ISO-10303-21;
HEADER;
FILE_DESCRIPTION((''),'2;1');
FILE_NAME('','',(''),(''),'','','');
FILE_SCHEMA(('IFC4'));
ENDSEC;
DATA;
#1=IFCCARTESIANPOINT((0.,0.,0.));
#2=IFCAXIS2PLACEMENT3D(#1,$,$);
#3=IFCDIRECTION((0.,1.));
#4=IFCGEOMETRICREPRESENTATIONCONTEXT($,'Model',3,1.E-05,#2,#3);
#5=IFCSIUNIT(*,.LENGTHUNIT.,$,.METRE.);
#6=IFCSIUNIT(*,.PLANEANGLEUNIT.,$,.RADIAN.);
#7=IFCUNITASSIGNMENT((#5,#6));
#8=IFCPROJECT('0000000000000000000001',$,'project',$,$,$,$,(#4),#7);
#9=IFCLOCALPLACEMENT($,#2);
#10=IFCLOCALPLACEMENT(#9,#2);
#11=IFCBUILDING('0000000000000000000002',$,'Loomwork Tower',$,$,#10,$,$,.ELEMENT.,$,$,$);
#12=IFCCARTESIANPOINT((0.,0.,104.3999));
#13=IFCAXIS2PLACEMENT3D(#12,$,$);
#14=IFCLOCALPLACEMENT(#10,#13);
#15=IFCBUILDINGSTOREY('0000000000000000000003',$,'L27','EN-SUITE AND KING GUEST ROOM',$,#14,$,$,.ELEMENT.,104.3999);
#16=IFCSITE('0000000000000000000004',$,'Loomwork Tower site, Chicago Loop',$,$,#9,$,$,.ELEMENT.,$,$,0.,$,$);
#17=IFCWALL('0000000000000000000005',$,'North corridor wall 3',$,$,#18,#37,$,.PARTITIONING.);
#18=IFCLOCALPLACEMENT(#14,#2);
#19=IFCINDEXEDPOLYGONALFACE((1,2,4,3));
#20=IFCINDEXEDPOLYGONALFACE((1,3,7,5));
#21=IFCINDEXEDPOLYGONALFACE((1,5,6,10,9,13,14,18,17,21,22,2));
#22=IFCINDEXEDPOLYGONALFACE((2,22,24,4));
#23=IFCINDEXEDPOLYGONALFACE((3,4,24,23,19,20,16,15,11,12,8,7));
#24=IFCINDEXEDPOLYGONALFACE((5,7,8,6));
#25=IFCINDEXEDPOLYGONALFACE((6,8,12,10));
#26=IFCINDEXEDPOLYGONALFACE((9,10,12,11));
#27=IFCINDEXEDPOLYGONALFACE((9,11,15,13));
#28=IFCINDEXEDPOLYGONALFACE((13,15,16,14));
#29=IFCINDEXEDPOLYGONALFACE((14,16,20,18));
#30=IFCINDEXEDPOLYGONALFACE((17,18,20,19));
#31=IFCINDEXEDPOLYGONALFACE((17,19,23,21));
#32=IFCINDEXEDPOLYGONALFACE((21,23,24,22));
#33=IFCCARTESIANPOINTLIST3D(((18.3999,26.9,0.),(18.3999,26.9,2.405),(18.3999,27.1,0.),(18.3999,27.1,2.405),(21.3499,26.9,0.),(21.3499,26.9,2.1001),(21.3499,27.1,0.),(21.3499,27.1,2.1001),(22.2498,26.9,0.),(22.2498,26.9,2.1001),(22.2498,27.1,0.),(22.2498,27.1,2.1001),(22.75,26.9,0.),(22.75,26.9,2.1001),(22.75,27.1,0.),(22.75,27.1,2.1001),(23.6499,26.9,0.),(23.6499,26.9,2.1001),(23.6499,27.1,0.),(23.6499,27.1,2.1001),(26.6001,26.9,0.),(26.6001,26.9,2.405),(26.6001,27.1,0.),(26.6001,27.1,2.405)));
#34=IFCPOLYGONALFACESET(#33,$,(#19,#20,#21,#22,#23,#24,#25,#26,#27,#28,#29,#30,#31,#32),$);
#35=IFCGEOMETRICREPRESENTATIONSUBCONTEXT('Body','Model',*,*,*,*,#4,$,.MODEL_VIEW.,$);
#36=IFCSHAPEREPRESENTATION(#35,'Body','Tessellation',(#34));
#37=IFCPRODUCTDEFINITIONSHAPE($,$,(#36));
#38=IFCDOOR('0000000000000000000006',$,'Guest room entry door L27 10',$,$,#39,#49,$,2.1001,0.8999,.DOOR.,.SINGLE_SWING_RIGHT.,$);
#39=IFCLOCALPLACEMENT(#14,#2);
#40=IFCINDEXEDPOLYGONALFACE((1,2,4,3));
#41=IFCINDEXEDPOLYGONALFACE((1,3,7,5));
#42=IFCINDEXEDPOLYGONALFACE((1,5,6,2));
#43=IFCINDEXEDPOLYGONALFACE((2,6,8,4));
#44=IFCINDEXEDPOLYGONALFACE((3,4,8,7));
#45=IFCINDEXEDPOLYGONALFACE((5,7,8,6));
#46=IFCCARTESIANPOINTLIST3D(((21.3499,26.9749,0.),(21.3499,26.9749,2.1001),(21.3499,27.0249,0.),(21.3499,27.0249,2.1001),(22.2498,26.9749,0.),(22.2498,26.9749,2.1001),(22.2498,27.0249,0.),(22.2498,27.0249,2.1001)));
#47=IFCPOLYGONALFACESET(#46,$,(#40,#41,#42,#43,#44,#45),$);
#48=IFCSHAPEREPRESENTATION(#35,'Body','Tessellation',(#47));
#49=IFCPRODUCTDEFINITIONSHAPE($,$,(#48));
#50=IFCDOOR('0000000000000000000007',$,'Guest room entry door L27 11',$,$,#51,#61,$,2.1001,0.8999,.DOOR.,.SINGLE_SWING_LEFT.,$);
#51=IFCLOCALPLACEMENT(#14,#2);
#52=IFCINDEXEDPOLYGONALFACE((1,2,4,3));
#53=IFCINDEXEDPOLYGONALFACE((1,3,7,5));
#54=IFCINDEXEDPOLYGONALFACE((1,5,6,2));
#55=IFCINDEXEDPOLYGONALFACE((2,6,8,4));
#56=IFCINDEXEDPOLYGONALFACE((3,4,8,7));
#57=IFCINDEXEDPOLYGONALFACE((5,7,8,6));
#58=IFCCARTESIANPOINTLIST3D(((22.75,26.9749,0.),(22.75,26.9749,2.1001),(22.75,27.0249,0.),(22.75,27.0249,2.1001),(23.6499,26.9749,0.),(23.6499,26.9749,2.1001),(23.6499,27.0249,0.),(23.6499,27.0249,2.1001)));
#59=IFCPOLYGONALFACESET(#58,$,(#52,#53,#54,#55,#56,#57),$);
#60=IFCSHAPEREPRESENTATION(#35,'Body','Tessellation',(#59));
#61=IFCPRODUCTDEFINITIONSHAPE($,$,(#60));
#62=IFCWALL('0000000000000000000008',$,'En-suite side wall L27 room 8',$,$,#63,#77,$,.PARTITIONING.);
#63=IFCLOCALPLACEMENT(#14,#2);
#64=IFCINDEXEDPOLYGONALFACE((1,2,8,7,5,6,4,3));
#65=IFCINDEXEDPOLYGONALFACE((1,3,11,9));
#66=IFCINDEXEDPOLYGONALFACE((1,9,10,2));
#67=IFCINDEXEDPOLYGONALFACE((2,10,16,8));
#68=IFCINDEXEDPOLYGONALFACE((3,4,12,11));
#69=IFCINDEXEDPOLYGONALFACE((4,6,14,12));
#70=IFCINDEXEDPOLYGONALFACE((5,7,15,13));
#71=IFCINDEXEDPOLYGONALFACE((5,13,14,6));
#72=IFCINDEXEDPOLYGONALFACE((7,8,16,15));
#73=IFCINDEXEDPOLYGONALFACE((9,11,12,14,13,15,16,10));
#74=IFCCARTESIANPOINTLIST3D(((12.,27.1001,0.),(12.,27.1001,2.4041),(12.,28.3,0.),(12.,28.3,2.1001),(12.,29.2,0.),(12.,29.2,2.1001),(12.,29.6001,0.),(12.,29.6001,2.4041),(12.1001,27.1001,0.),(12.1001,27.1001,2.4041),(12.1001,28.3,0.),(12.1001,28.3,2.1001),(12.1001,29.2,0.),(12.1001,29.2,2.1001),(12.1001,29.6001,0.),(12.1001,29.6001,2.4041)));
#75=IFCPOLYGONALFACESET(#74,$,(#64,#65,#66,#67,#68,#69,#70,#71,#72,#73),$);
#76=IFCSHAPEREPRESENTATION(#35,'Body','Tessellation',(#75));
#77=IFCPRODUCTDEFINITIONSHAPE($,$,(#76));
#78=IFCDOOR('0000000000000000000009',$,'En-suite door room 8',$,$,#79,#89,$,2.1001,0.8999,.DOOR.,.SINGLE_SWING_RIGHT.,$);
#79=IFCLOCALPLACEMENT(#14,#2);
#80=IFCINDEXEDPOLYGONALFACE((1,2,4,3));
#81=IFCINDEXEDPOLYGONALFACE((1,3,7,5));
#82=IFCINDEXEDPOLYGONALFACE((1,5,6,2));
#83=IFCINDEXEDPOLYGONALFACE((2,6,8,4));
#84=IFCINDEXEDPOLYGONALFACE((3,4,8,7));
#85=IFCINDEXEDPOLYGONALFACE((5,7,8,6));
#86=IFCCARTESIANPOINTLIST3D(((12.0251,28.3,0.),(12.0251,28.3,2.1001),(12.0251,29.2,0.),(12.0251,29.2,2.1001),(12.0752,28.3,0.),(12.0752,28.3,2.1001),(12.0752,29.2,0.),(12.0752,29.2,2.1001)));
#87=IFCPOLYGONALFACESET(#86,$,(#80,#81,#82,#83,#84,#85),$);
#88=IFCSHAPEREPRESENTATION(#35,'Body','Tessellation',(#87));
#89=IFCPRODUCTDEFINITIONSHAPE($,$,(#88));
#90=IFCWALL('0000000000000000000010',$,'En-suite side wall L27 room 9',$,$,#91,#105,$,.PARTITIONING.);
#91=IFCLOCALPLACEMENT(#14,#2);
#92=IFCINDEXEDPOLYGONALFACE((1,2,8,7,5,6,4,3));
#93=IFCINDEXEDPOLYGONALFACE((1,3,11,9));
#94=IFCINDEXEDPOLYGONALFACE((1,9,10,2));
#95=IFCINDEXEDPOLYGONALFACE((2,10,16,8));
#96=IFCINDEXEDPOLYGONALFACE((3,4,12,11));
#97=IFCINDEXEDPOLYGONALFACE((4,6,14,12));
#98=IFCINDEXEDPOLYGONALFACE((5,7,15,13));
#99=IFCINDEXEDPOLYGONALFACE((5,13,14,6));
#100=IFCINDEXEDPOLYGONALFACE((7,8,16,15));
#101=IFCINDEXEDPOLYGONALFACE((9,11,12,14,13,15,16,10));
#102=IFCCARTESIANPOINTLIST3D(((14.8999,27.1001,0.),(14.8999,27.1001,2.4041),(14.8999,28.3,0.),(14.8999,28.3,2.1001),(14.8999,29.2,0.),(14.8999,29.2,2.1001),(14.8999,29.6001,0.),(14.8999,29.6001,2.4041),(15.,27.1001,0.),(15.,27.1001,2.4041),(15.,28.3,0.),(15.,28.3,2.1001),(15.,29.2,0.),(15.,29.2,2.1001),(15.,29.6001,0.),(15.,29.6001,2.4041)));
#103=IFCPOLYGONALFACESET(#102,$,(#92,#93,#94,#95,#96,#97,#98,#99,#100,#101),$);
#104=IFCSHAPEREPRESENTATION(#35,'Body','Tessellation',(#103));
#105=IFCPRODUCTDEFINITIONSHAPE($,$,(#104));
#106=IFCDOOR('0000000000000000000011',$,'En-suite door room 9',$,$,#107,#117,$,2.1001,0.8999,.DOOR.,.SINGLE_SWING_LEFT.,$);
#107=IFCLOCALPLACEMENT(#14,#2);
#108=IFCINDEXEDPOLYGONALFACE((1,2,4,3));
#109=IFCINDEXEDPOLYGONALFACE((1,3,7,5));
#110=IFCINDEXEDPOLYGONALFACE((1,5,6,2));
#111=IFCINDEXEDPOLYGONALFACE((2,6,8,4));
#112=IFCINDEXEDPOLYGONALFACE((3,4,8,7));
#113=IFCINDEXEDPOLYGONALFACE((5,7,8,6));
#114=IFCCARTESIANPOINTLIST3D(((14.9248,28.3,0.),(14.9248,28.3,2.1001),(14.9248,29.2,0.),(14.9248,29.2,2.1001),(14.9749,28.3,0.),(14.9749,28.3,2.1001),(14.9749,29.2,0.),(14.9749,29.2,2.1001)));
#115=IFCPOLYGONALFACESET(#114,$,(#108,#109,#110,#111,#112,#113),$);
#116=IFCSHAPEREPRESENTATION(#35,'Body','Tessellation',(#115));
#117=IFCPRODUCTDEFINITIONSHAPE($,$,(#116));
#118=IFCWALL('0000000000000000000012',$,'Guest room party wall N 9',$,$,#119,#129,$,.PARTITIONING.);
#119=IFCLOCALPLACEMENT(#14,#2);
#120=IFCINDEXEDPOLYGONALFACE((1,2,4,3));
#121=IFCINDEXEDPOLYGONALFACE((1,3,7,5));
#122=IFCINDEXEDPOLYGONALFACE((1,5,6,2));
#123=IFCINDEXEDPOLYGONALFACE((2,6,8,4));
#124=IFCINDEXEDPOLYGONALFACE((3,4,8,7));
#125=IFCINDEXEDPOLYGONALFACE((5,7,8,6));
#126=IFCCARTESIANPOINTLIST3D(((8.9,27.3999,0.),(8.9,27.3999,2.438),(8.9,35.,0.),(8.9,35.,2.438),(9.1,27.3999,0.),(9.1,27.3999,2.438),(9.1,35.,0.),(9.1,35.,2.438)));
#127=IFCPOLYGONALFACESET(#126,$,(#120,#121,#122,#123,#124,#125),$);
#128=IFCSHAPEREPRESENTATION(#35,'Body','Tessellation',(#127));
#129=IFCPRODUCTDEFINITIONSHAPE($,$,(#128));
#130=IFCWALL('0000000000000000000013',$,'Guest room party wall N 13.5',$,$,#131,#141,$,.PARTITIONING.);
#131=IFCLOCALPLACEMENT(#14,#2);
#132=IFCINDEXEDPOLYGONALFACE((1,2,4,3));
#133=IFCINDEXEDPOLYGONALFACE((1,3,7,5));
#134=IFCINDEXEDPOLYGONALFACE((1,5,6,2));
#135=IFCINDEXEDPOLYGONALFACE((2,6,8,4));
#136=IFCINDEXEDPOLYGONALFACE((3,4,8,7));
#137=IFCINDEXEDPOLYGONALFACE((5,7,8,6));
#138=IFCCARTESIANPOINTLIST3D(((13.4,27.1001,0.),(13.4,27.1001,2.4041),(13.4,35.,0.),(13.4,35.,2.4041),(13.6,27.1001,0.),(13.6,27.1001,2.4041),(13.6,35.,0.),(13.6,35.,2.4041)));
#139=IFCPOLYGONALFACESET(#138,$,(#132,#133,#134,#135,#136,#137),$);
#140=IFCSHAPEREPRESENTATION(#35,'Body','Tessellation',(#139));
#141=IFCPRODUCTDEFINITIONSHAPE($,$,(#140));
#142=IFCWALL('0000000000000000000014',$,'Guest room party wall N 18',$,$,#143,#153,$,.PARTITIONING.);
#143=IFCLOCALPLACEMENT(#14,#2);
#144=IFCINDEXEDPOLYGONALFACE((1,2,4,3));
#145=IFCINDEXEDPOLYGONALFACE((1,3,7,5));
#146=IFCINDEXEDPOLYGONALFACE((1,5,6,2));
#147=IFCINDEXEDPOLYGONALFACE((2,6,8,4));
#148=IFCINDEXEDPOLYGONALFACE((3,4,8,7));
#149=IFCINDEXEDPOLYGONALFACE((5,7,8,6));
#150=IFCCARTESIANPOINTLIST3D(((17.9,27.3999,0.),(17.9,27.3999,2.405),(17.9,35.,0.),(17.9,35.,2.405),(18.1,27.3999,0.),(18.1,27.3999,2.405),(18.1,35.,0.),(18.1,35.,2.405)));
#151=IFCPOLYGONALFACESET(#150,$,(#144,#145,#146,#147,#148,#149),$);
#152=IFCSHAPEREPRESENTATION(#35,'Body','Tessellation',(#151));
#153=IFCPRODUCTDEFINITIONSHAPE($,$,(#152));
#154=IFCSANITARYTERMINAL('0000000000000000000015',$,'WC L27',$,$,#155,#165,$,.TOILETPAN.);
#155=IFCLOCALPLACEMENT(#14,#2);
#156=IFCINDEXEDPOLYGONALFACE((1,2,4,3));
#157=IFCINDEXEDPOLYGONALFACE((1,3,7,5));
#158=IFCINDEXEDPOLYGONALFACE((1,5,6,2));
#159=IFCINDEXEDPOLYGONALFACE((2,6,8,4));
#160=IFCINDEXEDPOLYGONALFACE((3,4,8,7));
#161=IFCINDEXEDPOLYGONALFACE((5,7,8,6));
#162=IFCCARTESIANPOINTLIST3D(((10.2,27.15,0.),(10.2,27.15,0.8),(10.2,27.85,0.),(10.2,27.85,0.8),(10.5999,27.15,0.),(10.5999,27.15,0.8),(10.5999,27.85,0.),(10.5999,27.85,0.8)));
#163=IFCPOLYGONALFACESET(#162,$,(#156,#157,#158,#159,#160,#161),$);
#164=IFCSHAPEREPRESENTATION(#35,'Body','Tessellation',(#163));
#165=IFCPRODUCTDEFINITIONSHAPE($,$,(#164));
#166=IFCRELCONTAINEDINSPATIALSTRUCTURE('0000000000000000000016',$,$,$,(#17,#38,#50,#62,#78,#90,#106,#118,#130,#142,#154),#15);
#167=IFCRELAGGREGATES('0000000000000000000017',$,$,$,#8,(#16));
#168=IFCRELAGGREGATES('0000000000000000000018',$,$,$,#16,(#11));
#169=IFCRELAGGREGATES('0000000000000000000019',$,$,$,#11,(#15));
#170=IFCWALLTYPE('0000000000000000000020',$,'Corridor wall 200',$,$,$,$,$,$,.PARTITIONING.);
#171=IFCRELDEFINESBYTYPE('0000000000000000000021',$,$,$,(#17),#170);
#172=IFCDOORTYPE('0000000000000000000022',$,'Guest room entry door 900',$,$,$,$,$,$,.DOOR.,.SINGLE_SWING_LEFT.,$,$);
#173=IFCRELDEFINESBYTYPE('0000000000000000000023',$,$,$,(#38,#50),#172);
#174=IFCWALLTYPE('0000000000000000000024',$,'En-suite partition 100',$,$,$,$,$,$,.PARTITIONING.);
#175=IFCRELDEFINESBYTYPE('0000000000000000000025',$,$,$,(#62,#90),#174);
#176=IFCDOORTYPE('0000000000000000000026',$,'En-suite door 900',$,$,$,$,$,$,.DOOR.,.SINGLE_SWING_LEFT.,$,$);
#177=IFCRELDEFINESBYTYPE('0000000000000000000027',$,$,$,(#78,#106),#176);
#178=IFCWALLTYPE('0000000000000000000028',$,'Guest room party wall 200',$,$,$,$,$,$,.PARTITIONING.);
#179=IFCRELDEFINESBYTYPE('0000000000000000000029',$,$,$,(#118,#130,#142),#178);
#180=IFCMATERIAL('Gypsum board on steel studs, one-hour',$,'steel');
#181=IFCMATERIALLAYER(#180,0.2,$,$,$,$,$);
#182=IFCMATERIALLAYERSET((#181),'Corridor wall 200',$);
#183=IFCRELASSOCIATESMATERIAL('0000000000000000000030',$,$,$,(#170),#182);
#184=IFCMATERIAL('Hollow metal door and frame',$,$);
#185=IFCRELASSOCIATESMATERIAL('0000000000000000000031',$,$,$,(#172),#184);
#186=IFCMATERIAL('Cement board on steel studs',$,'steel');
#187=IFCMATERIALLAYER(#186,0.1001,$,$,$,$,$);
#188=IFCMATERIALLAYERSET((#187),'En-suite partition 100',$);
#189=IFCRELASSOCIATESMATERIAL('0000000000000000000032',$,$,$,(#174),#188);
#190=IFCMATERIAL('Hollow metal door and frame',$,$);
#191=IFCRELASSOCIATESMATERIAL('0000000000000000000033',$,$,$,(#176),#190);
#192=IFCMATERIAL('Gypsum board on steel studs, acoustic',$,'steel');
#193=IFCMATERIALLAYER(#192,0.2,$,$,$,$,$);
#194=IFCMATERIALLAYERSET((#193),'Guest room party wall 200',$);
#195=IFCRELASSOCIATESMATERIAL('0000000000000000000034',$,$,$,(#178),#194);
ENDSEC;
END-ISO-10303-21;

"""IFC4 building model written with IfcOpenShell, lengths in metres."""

from ifc_helpers import new_model, si_unit, direction, frame, frame_2d, origin, origin_2d, place, context, subcontext, project, spatial, rectangle, extrude, material, layer, layer_set, type_object, element, fill, save


model = new_model("IFC4")

# Units and contexts
model_context = context("Model", 3, precision=1e-05, world=origin(), true_north=direction((0.0, 1.0)))
body_context = subcontext(model_context, "Body", "Model", "MODEL_VIEW")
ifc_project = project(units=[si_unit("LENGTHUNIT", "METRE"), si_unit("PLANEANGLEUNIT", "RADIAN")], contexts=[model_context])

# Site, building, storey
site_placement = place(None, origin())
site = spatial("IfcSite", under=ifc_project, at=site_placement, Name="Loomwork Tower site, Chicago Loop", CompositionType="ELEMENT", RefElevation=0.0)
building_placement = place(site_placement, origin())
building = spatial("IfcBuilding", under=site, at=building_placement, Name="Loomwork Tower", CompositionType="ELEMENT")
storey_placement = place(building_placement, frame((0.0, 0.0, 104.3999)))
storey = spatial("IfcBuildingStorey", under=building, at=storey_placement, Name="L27", Description="EN-SUITE AND KING GUEST ROOM", CompositionType="ELEMENT", Elevation=104.3999)

# Wall, openings, doors
ifc_material_1 = material(Name="Gypsum board on steel studs, one-hour", Category="steel")
ifc_layer_1 = layer(ifc_material_1, 0.2)
ifc_layer_set_1 = layer_set([ifc_layer_1], Name="Corridor wall 200")
wall_type_1 = type_object("IfcWallType", Name="Corridor wall 200", PredefinedType="PARTITIONING", material=ifc_layer_set_1)
ifc_material_2 = material(Name="Hollow metal door and frame")
door_type_1 = type_object("IfcDoorType", Name="Guest room entry door 900", OperationType="SINGLE_SWING_LEFT", PredefinedType="DOOR", material=ifc_material_2)
wall_1_placement = place(storey_placement, frame((18.3999, 27.0, 0.0), z_axis=(0.0, 0.0, 1.0), x_axis=(1.0, 0.0, 0.0)))
wall_1 = element("IfcWall", 1, at=wall_1_placement, inside=storey, type_object=wall_type_1, Name="North corridor wall 3", PredefinedType="PARTITIONING", context=body_context, shape_type="SweptSolid", body=[
    extrude(rectangle(XDim=8.2002, YDim=0.2, at=frame_2d((4.1001, 0.0))), origin(), (0.0, 0.0, 1.0), 2.405),
])
opening_1_placement = place(wall_1_placement, frame((2.95, 0.0, 0.0)))
opening_1 = element("IfcOpeningElement", 2, at=opening_1_placement, cuts=wall_1, PredefinedType="OPENING", context=body_context, shape_type="SweptSolid", body=[
    extrude(rectangle(XDim=0.8999, YDim=2.1001, at=frame_2d((0.45, 1.05))), frame((0.0, 0.1099, 0.0), z_axis=(0.0, -1.0, 0.0), x_axis=(1.0, 0.0, 0.0)), (0.0, 0.0, 1.0), 0.22),
])
opening_2_placement = place(wall_1_placement, frame((4.3501, 0.0, 0.0)))
opening_2 = element("IfcOpeningElement", 3, at=opening_2_placement, cuts=wall_1, PredefinedType="OPENING", context=body_context, shape_type="SweptSolid", body=[
    extrude(rectangle(XDim=0.8999, YDim=2.1001, at=frame_2d((0.45, 1.05))), frame((0.0, 0.1099, 0.0), z_axis=(0.0, -1.0, 0.0), x_axis=(1.0, 0.0, 0.0)), (0.0, 0.0, 1.0), 0.22),
])
door_1_placement = place(opening_1_placement, origin())
door_1 = element("IfcDoor", 4, at=door_1_placement, inside=storey, type_object=door_type_1, Name="Guest room entry door L27 10", OperationType="SINGLE_SWING_RIGHT", OverallHeight=2.1001, OverallWidth=0.8999, PredefinedType="DOOR", context=body_context, shape_type="SweptSolid", body=[
    extrude(rectangle(XDim=0.8999, YDim=2.1001, at=frame_2d((0.45, 1.05))), frame((0.0, 0.0249, 0.0), z_axis=(0.0, -1.0, 0.0), x_axis=(1.0, 0.0, 0.0)), (0.0, 0.0, 1.0), 0.05),
])
fill(opening_1, door_1)
door_2_placement = place(opening_2_placement, origin())
door_2 = element("IfcDoor", 5, at=door_2_placement, inside=storey, type_object=door_type_1, Name="Guest room entry door L27 11", OperationType="SINGLE_SWING_LEFT", OverallHeight=2.1001, OverallWidth=0.8999, PredefinedType="DOOR", context=body_context, shape_type="SweptSolid", body=[
    extrude(rectangle(XDim=0.8999, YDim=2.1001, at=frame_2d((0.45, 1.05))), frame((0.0, 0.0249, 0.0), z_axis=(0.0, -1.0, 0.0), x_axis=(1.0, 0.0, 0.0)), (0.0, 0.0, 1.0), 0.05),
])
fill(opening_2, door_2)

# Walls, openings, doors
ifc_material_3 = material(Name="Cement board on steel studs", Category="steel")
ifc_layer_2 = layer(ifc_material_3, 0.1001)
ifc_layer_set_2 = layer_set([ifc_layer_2], Name="En-suite partition 100")
wall_type_2 = type_object("IfcWallType", Name="En-suite partition 100", PredefinedType="PARTITIONING", material=ifc_layer_set_2)
wall_2_placement = place(storey_placement, frame((12.05, 27.1001, 0.0), z_axis=(0.0, 0.0, 1.0), x_axis=(0.0, 1.0, 0.0)))
wall_2 = element("IfcWall", 6, at=wall_2_placement, inside=storey, type_object=wall_type_2, Name="En-suite side wall L27 room 8", PredefinedType="PARTITIONING", context=body_context, shape_type="SweptSolid", body=[
    extrude(rectangle(XDim=2.5, YDim=0.1001, at=frame_2d((1.25, 0.0))), origin(), (0.0, 0.0, 1.0), 2.4041),
])
opening_3_placement = place(wall_2_placement, frame((1.2, 0.0, 0.0)))
opening_3 = element("IfcOpeningElement", 7, at=opening_3_placement, cuts=wall_2, PredefinedType="OPENING", context=body_context, shape_type="SweptSolid", body=[
    extrude(rectangle(XDim=0.8999, YDim=2.1001, at=frame_2d((0.45, 1.05))), frame((0.0, 0.0601, 0.0), z_axis=(0.0, -1.0, 0.0), x_axis=(1.0, 0.0, 0.0)), (0.0, 0.0, 1.0), 0.1201),
])
ifc_material_4 = material(Name="Hollow metal door and frame")
door_type_2 = type_object("IfcDoorType", Name="En-suite door 900", OperationType="SINGLE_SWING_LEFT", PredefinedType="DOOR", material=ifc_material_4)
door_3_placement = place(opening_3_placement, origin())
door_3 = element("IfcDoor", 8, at=door_3_placement, inside=storey, type_object=door_type_2, Name="En-suite door room 8", OperationType="SINGLE_SWING_RIGHT", OverallHeight=2.1001, OverallWidth=0.8999, PredefinedType="DOOR", context=body_context, shape_type="SweptSolid", body=[
    extrude(rectangle(XDim=0.8999, YDim=2.1001, at=frame_2d((0.45, 1.05))), frame((0.0, 0.0249, 0.0), z_axis=(0.0, -1.0, 0.0), x_axis=(1.0, 0.0, 0.0)), (0.0, 0.0, 1.0), 0.05),
])
fill(opening_3, door_3)
wall_3_placement = place(storey_placement, frame((14.95, 27.1001, 0.0), z_axis=(0.0, 0.0, 1.0), x_axis=(0.0, 1.0, 0.0)))
wall_3 = element("IfcWall", 9, at=wall_3_placement, inside=storey, type_object=wall_type_2, Name="En-suite side wall L27 room 9", PredefinedType="PARTITIONING", context=body_context, shape_type="SweptSolid", body=[
    extrude(rectangle(XDim=2.5, YDim=0.1001, at=frame_2d((1.25, 0.0))), origin(), (0.0, 0.0, 1.0), 2.4041),
])
opening_4_placement = place(wall_3_placement, frame((1.2, 0.0, 0.0)))
opening_4 = element("IfcOpeningElement", 10, at=opening_4_placement, cuts=wall_3, PredefinedType="OPENING", context=body_context, shape_type="SweptSolid", body=[
    extrude(rectangle(XDim=0.8999, YDim=2.1001, at=frame_2d((0.45, 1.05))), frame((0.0, 0.0601, 0.0), z_axis=(0.0, -1.0, 0.0), x_axis=(1.0, 0.0, 0.0)), (0.0, 0.0, 1.0), 0.1201),
])
door_4_placement = place(opening_4_placement, frame((0.8999, 0.0, 0.0), z_axis=(0.0, 0.0, 1.0), x_axis=(-1.0, 0.0, 0.0)))
door_4 = element("IfcDoor", 11, at=door_4_placement, inside=storey, type_object=door_type_2, Name="En-suite door room 9", OperationType="SINGLE_SWING_LEFT", OverallHeight=2.1001, OverallWidth=0.8999, PredefinedType="DOOR", context=body_context, shape_type="SweptSolid", body=[
    extrude(rectangle(XDim=0.8999, YDim=2.1001, at=frame_2d((0.45, 1.05))), frame((0.0, 0.0249, 0.0), z_axis=(0.0, -1.0, 0.0), x_axis=(1.0, 0.0, 0.0)), (0.0, 0.0, 1.0), 0.05),
])
fill(opening_4, door_4)

# Walls
ifc_material_5 = material(Name="Gypsum board on steel studs, acoustic", Category="steel")
ifc_layer_3 = layer(ifc_material_5, 0.2)
ifc_layer_set_3 = layer_set([ifc_layer_3], Name="Guest room party wall 200")
wall_type_3 = type_object("IfcWallType", Name="Guest room party wall 200", PredefinedType="PARTITIONING", material=ifc_layer_set_3)
wall_4_placement = place(storey_placement, frame((9.0, 27.3999, 0.0), z_axis=(0.0, 0.0, 1.0), x_axis=(0.0, 1.0, 0.0)))
element("IfcWall", 12, at=wall_4_placement, inside=storey, type_object=wall_type_3, Name="Guest room party wall N 9", PredefinedType="PARTITIONING", context=body_context, shape_type="SweptSolid", body=[
    extrude(rectangle(XDim=7.6001, YDim=0.2, at=frame_2d((3.8, 0.0))), origin(), (0.0, 0.0, 1.0), 2.438),
])
wall_5_placement = place(storey_placement, frame((13.5, 27.1001, 0.0), z_axis=(0.0, 0.0, 1.0), x_axis=(0.0, 1.0, 0.0)))
element("IfcWall", 13, at=wall_5_placement, inside=storey, type_object=wall_type_3, Name="Guest room party wall N 13.5", PredefinedType="PARTITIONING", context=body_context, shape_type="SweptSolid", body=[
    extrude(rectangle(XDim=7.8999, YDim=0.2, at=frame_2d((3.95, 0.0))), origin(), (0.0, 0.0, 1.0), 2.4041),
])
wall_6_placement = place(storey_placement, frame((18.0, 27.3999, 0.0), z_axis=(0.0, 0.0, 1.0), x_axis=(0.0, 1.0, 0.0)))
element("IfcWall", 14, at=wall_6_placement, inside=storey, type_object=wall_type_3, Name="Guest room party wall N 18", PredefinedType="PARTITIONING", context=body_context, shape_type="SweptSolid", body=[
    extrude(rectangle(XDim=7.6001, YDim=0.2, at=frame_2d((3.8, 0.0))), origin(), (0.0, 0.0, 1.0), 2.405),
])

# Sanitary terminal
sanitary_terminal_1_placement = place(storey_placement, frame((10.3999, 27.5, 0.0), z_axis=(0.0, 0.0, 1.0), x_axis=(1.0, 0.0, 0.0)))
element("IfcSanitaryTerminal", 15, at=sanitary_terminal_1_placement, inside=storey, Name="WC L27", PredefinedType="TOILETPAN", context=body_context, shape_type="SweptSolid", body=[
    extrude(rectangle(XDim=0.3999, YDim=0.7, at=origin_2d()), origin(), (0.0, 0.0, 1.0), 0.8),
])

save(model, "model.ifc")
